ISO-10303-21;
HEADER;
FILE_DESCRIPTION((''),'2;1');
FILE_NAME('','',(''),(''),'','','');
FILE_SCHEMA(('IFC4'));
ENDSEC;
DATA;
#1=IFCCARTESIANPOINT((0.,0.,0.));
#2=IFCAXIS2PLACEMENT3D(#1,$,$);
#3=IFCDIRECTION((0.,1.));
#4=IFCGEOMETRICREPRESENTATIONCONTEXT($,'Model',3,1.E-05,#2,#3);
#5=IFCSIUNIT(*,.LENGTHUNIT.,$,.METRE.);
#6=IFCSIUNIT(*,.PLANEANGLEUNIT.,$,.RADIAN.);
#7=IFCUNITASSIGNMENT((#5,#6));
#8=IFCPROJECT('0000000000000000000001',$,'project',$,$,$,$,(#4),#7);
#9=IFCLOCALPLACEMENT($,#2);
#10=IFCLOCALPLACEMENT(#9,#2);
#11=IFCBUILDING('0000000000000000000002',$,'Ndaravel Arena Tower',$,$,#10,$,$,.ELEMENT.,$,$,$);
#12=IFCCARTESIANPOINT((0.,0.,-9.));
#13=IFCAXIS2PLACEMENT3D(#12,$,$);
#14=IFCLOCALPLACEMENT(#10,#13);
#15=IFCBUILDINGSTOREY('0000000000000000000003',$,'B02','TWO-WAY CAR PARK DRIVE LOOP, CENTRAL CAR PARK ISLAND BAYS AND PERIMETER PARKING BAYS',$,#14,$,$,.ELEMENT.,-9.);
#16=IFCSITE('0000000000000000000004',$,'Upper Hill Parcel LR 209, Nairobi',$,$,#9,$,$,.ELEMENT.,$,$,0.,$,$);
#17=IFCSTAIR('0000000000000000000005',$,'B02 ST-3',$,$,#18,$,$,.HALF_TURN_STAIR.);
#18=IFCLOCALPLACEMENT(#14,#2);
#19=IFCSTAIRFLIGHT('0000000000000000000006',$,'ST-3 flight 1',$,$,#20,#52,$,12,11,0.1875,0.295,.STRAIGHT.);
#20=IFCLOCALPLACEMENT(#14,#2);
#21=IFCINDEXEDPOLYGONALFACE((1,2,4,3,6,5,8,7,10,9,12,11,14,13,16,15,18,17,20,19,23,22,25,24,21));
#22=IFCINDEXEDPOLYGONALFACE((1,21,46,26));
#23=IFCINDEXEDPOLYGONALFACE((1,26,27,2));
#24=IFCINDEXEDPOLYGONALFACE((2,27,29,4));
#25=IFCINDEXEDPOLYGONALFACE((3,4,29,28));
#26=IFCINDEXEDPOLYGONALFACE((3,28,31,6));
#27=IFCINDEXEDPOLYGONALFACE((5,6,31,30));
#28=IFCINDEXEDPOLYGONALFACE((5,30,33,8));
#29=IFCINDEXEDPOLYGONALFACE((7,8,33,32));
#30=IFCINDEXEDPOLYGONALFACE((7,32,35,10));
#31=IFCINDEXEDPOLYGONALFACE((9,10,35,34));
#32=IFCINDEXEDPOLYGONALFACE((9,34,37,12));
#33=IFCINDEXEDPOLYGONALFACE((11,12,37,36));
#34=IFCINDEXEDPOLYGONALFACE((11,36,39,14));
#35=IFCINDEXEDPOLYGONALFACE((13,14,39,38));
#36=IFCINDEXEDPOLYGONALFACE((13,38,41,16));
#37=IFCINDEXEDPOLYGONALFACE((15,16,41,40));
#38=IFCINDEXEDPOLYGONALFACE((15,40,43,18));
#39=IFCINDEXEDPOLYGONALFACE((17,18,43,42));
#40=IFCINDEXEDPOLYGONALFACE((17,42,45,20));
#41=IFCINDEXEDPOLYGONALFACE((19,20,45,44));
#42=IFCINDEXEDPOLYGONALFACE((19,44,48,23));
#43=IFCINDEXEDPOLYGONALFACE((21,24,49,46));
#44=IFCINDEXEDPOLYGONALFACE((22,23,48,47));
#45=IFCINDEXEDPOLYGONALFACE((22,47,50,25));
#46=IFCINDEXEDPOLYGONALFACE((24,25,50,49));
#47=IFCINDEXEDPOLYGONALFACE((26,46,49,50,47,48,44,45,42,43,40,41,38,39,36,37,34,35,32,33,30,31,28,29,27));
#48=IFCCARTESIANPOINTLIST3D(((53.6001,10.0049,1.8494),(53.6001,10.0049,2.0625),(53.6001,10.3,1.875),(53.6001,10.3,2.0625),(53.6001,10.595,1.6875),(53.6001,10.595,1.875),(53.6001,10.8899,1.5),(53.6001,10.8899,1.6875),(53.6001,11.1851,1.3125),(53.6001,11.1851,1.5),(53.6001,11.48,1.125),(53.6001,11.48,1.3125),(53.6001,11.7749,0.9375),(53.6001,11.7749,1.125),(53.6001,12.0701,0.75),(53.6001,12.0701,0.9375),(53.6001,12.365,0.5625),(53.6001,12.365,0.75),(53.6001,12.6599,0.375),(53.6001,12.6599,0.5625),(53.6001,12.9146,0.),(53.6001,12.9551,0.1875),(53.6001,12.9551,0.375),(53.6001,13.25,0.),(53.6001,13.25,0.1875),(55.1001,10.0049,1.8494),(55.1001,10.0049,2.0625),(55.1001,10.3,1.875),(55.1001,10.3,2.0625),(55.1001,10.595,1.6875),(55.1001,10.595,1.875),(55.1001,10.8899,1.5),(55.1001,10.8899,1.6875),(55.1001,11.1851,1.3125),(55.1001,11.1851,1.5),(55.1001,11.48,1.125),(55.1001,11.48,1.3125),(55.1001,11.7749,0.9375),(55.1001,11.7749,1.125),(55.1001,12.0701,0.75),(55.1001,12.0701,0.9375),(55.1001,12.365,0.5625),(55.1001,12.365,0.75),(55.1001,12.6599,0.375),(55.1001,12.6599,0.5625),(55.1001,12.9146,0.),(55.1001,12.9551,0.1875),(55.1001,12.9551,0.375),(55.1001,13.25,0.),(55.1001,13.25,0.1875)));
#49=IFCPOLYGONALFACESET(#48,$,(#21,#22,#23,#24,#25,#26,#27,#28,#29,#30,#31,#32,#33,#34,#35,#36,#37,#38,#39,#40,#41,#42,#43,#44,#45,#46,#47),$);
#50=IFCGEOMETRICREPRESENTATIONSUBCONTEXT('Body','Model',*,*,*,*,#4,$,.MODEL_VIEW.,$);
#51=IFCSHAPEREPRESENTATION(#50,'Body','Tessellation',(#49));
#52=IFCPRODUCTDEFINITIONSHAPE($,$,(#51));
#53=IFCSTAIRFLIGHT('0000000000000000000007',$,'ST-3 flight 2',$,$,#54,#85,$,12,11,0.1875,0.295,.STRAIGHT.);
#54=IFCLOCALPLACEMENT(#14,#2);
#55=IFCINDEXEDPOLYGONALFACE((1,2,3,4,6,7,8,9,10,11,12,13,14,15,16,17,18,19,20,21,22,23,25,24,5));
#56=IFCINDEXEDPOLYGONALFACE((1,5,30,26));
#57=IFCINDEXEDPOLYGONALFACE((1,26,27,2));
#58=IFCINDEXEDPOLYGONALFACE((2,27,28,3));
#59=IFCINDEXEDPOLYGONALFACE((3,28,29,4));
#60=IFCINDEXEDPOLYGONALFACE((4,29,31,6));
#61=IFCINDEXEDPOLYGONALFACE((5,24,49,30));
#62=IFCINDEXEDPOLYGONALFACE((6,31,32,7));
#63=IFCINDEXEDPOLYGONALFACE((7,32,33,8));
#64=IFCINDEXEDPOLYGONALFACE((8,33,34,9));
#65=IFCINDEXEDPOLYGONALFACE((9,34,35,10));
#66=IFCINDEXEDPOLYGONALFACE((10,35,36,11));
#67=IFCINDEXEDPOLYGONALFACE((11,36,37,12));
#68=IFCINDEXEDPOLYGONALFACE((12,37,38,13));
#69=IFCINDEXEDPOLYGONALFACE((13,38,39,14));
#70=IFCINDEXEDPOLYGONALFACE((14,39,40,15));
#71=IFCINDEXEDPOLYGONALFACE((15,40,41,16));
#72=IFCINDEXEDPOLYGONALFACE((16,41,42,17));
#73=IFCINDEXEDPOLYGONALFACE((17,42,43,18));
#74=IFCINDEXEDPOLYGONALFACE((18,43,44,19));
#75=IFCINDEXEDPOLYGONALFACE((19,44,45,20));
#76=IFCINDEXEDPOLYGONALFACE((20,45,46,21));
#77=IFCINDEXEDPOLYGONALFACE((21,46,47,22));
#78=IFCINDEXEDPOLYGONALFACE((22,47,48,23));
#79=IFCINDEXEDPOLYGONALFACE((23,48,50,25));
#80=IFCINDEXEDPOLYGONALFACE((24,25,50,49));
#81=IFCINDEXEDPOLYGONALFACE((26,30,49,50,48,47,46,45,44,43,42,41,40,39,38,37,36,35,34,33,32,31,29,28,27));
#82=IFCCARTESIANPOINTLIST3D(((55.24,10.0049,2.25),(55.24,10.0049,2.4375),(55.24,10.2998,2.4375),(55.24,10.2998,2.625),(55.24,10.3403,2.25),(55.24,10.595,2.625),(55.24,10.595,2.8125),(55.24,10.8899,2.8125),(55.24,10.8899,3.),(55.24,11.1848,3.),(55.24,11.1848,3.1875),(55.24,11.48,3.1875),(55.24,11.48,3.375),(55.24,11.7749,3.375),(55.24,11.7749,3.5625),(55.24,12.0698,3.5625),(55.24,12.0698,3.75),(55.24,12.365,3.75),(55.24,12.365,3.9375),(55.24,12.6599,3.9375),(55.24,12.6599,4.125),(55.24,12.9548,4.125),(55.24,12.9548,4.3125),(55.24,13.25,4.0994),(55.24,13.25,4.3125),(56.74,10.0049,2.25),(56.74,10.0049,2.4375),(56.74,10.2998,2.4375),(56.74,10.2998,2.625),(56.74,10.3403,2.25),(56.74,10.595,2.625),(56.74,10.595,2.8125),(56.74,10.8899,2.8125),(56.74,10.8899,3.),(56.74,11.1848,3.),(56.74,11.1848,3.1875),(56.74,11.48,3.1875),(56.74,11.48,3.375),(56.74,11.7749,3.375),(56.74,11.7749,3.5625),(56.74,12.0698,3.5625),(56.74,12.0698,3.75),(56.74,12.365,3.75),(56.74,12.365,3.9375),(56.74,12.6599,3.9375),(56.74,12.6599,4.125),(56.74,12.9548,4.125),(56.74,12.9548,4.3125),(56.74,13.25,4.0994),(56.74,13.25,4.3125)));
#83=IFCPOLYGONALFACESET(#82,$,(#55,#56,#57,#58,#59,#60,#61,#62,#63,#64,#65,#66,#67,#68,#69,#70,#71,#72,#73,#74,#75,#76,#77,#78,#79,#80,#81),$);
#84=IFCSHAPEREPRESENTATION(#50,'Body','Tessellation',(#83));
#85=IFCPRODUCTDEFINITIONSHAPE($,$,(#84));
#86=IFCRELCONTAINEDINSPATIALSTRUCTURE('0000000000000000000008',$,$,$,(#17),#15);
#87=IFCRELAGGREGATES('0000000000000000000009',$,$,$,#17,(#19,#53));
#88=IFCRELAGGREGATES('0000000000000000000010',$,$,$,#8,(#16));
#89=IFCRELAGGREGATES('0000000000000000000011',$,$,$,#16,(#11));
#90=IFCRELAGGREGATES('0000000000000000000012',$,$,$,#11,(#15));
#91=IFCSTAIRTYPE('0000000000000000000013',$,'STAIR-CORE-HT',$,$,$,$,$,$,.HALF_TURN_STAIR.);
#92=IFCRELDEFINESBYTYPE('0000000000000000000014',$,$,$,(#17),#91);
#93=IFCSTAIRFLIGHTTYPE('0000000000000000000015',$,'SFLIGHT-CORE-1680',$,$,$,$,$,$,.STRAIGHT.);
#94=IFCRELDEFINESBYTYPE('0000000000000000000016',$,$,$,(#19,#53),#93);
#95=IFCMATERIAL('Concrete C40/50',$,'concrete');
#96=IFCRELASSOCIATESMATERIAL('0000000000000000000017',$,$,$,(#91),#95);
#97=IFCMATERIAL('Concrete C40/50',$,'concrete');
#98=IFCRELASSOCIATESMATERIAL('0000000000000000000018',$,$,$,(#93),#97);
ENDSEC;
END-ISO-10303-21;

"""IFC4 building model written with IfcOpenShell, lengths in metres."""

from ifc_helpers import new_model, si_unit, direction, frame, origin, place, context, subcontext, project, spatial, polyline, outline, extrude, material, type_object, element, aggregate, save


model = new_model("IFC4")

# Units and contexts
model_context = context("Model", 3, precision=1e-05, world=origin(), true_north=direction((0.0, 1.0)))
body_context = subcontext(model_context, "Body", "Model", "MODEL_VIEW")
ifc_project = project(units=[si_unit("LENGTHUNIT", "METRE"), si_unit("PLANEANGLEUNIT", "RADIAN")], contexts=[model_context])

# Site, building, storey
site_placement = place(None, origin())
site = spatial("IfcSite", under=ifc_project, at=site_placement, Name="Upper Hill Parcel LR 209, Nairobi", CompositionType="ELEMENT", RefElevation=0.0)
building_placement = place(site_placement, origin())
building = spatial("IfcBuilding", under=site, at=building_placement, Name="Ndaravel Arena Tower", CompositionType="ELEMENT")
storey_placement = place(building_placement, frame((0.0, 0.0, -9.0)))
storey = spatial("IfcBuildingStorey", under=building, at=storey_placement, Name="B02", Description="TWO-WAY CAR PARK DRIVE LOOP, CENTRAL CAR PARK ISLAND BAYS AND PERIMETER PARKING BAYS", CompositionType="ELEMENT", Elevation=-9.0)

# Stair, stair flights
ifc_material_1 = material(Name="Concrete C40/50", Category="concrete")
stair_type = type_object("IfcStairType", Name="STAIR-CORE-HT", PredefinedType="HALF_TURN_STAIR", material=ifc_material_1)
stair_placement = place(storey_placement, origin())
stair = element("IfcStair", 1, at=stair_placement, inside=storey, type_object=stair_type, Name="B02 ST-3", PredefinedType="HALF_TURN_STAIR")
ifc_material_2 = material(Name="Concrete C40/50", Category="concrete")
stair_flight_type = type_object("IfcStairFlightType", Name="SFLIGHT-CORE-1680", PredefinedType="STRAIGHT", material=ifc_material_2)
stair_flight_1_placement = place(storey_placement, frame((54.3501, 13.25, 0.0), z_axis=(0.0, 0.0, 1.0), x_axis=(0.0, -1.0, 0.0)))
stair_flight_1 = element("IfcStairFlight", 2, at=stair_flight_1_placement, type_object=stair_flight_type, Name="ST-3 flight 1", NumberOfRisers=12, NumberOfTreads=11, PredefinedType="STRAIGHT", RiserHeight=0.1875, TreadLength=0.295, context=body_context, shape_type="SweptSolid", body=[
    extrude(outline(polyline([(0.0, 0.0), (0.0, 0.1875), (0.2949, 0.1875), (0.2949, 0.375), (0.5901, 0.375), (0.5901, 0.5625), (0.885, 0.5625), (0.885, 0.75), (1.1799, 0.75), (1.1799, 0.9375), (1.4751, 0.9375), (1.4751, 1.125), (1.77, 1.125), (1.77, 1.3125), (2.0649, 1.3125), (2.0649, 1.5), (2.3601, 1.5), (2.3601, 1.6875), (2.655, 1.6875), (2.655, 1.875), (2.95, 1.875), (2.95, 2.0625), (3.2451, 2.0625), (3.2451, 2.25), (3.2451, 1.8494), (0.3354, 0.0), (0.0, 0.0)])), frame((0.0, 0.75, 0.0), z_axis=(0.0, -1.0, 0.0), x_axis=(1.0, 0.0, 0.0)), (0.0, 0.0, 1.0), 1.5),
])
stair_flight_2_placement = place(storey_placement, frame((55.99, 10.0049, 2.25), z_axis=(0.0, 0.0, 1.0), x_axis=(0.0, 1.0, 0.0)))
stair_flight_2 = element("IfcStairFlight", 3, at=stair_flight_2_placement, type_object=stair_flight_type, Name="ST-3 flight 2", NumberOfRisers=12, NumberOfTreads=11, PredefinedType="STRAIGHT", RiserHeight=0.1875, TreadLength=0.295, context=body_context, shape_type="SweptSolid", body=[
    extrude(outline(polyline([(0.0, 0.0), (0.0, 0.1875), (0.2949, 0.1875), (0.2949, 0.375), (0.5901, 0.375), (0.5901, 0.5625), (0.885, 0.5625), (0.885, 0.75), (1.1799, 0.75), (1.1799, 0.9375), (1.4751, 0.9375), (1.4751, 1.125), (1.77, 1.125), (1.77, 1.3125), (2.0649, 1.3125), (2.0649, 1.5), (2.3601, 1.5), (2.3601, 1.6875), (2.655, 1.6875), (2.655, 1.875), (2.95, 1.875), (2.95, 2.0625), (3.2451, 2.0625), (3.2451, 2.25), (3.2451, 1.8494), (0.3354, 0.0), (0.0, 0.0)])), frame((0.0, 0.75, 0.0), z_axis=(0.0, -1.0, 0.0), x_axis=(1.0, 0.0, 0.0)), (0.0, 0.0, 1.0), 1.5),
])
aggregate(stair, [stair_flight_1, stair_flight_2])

save(model, "model.ifc")
